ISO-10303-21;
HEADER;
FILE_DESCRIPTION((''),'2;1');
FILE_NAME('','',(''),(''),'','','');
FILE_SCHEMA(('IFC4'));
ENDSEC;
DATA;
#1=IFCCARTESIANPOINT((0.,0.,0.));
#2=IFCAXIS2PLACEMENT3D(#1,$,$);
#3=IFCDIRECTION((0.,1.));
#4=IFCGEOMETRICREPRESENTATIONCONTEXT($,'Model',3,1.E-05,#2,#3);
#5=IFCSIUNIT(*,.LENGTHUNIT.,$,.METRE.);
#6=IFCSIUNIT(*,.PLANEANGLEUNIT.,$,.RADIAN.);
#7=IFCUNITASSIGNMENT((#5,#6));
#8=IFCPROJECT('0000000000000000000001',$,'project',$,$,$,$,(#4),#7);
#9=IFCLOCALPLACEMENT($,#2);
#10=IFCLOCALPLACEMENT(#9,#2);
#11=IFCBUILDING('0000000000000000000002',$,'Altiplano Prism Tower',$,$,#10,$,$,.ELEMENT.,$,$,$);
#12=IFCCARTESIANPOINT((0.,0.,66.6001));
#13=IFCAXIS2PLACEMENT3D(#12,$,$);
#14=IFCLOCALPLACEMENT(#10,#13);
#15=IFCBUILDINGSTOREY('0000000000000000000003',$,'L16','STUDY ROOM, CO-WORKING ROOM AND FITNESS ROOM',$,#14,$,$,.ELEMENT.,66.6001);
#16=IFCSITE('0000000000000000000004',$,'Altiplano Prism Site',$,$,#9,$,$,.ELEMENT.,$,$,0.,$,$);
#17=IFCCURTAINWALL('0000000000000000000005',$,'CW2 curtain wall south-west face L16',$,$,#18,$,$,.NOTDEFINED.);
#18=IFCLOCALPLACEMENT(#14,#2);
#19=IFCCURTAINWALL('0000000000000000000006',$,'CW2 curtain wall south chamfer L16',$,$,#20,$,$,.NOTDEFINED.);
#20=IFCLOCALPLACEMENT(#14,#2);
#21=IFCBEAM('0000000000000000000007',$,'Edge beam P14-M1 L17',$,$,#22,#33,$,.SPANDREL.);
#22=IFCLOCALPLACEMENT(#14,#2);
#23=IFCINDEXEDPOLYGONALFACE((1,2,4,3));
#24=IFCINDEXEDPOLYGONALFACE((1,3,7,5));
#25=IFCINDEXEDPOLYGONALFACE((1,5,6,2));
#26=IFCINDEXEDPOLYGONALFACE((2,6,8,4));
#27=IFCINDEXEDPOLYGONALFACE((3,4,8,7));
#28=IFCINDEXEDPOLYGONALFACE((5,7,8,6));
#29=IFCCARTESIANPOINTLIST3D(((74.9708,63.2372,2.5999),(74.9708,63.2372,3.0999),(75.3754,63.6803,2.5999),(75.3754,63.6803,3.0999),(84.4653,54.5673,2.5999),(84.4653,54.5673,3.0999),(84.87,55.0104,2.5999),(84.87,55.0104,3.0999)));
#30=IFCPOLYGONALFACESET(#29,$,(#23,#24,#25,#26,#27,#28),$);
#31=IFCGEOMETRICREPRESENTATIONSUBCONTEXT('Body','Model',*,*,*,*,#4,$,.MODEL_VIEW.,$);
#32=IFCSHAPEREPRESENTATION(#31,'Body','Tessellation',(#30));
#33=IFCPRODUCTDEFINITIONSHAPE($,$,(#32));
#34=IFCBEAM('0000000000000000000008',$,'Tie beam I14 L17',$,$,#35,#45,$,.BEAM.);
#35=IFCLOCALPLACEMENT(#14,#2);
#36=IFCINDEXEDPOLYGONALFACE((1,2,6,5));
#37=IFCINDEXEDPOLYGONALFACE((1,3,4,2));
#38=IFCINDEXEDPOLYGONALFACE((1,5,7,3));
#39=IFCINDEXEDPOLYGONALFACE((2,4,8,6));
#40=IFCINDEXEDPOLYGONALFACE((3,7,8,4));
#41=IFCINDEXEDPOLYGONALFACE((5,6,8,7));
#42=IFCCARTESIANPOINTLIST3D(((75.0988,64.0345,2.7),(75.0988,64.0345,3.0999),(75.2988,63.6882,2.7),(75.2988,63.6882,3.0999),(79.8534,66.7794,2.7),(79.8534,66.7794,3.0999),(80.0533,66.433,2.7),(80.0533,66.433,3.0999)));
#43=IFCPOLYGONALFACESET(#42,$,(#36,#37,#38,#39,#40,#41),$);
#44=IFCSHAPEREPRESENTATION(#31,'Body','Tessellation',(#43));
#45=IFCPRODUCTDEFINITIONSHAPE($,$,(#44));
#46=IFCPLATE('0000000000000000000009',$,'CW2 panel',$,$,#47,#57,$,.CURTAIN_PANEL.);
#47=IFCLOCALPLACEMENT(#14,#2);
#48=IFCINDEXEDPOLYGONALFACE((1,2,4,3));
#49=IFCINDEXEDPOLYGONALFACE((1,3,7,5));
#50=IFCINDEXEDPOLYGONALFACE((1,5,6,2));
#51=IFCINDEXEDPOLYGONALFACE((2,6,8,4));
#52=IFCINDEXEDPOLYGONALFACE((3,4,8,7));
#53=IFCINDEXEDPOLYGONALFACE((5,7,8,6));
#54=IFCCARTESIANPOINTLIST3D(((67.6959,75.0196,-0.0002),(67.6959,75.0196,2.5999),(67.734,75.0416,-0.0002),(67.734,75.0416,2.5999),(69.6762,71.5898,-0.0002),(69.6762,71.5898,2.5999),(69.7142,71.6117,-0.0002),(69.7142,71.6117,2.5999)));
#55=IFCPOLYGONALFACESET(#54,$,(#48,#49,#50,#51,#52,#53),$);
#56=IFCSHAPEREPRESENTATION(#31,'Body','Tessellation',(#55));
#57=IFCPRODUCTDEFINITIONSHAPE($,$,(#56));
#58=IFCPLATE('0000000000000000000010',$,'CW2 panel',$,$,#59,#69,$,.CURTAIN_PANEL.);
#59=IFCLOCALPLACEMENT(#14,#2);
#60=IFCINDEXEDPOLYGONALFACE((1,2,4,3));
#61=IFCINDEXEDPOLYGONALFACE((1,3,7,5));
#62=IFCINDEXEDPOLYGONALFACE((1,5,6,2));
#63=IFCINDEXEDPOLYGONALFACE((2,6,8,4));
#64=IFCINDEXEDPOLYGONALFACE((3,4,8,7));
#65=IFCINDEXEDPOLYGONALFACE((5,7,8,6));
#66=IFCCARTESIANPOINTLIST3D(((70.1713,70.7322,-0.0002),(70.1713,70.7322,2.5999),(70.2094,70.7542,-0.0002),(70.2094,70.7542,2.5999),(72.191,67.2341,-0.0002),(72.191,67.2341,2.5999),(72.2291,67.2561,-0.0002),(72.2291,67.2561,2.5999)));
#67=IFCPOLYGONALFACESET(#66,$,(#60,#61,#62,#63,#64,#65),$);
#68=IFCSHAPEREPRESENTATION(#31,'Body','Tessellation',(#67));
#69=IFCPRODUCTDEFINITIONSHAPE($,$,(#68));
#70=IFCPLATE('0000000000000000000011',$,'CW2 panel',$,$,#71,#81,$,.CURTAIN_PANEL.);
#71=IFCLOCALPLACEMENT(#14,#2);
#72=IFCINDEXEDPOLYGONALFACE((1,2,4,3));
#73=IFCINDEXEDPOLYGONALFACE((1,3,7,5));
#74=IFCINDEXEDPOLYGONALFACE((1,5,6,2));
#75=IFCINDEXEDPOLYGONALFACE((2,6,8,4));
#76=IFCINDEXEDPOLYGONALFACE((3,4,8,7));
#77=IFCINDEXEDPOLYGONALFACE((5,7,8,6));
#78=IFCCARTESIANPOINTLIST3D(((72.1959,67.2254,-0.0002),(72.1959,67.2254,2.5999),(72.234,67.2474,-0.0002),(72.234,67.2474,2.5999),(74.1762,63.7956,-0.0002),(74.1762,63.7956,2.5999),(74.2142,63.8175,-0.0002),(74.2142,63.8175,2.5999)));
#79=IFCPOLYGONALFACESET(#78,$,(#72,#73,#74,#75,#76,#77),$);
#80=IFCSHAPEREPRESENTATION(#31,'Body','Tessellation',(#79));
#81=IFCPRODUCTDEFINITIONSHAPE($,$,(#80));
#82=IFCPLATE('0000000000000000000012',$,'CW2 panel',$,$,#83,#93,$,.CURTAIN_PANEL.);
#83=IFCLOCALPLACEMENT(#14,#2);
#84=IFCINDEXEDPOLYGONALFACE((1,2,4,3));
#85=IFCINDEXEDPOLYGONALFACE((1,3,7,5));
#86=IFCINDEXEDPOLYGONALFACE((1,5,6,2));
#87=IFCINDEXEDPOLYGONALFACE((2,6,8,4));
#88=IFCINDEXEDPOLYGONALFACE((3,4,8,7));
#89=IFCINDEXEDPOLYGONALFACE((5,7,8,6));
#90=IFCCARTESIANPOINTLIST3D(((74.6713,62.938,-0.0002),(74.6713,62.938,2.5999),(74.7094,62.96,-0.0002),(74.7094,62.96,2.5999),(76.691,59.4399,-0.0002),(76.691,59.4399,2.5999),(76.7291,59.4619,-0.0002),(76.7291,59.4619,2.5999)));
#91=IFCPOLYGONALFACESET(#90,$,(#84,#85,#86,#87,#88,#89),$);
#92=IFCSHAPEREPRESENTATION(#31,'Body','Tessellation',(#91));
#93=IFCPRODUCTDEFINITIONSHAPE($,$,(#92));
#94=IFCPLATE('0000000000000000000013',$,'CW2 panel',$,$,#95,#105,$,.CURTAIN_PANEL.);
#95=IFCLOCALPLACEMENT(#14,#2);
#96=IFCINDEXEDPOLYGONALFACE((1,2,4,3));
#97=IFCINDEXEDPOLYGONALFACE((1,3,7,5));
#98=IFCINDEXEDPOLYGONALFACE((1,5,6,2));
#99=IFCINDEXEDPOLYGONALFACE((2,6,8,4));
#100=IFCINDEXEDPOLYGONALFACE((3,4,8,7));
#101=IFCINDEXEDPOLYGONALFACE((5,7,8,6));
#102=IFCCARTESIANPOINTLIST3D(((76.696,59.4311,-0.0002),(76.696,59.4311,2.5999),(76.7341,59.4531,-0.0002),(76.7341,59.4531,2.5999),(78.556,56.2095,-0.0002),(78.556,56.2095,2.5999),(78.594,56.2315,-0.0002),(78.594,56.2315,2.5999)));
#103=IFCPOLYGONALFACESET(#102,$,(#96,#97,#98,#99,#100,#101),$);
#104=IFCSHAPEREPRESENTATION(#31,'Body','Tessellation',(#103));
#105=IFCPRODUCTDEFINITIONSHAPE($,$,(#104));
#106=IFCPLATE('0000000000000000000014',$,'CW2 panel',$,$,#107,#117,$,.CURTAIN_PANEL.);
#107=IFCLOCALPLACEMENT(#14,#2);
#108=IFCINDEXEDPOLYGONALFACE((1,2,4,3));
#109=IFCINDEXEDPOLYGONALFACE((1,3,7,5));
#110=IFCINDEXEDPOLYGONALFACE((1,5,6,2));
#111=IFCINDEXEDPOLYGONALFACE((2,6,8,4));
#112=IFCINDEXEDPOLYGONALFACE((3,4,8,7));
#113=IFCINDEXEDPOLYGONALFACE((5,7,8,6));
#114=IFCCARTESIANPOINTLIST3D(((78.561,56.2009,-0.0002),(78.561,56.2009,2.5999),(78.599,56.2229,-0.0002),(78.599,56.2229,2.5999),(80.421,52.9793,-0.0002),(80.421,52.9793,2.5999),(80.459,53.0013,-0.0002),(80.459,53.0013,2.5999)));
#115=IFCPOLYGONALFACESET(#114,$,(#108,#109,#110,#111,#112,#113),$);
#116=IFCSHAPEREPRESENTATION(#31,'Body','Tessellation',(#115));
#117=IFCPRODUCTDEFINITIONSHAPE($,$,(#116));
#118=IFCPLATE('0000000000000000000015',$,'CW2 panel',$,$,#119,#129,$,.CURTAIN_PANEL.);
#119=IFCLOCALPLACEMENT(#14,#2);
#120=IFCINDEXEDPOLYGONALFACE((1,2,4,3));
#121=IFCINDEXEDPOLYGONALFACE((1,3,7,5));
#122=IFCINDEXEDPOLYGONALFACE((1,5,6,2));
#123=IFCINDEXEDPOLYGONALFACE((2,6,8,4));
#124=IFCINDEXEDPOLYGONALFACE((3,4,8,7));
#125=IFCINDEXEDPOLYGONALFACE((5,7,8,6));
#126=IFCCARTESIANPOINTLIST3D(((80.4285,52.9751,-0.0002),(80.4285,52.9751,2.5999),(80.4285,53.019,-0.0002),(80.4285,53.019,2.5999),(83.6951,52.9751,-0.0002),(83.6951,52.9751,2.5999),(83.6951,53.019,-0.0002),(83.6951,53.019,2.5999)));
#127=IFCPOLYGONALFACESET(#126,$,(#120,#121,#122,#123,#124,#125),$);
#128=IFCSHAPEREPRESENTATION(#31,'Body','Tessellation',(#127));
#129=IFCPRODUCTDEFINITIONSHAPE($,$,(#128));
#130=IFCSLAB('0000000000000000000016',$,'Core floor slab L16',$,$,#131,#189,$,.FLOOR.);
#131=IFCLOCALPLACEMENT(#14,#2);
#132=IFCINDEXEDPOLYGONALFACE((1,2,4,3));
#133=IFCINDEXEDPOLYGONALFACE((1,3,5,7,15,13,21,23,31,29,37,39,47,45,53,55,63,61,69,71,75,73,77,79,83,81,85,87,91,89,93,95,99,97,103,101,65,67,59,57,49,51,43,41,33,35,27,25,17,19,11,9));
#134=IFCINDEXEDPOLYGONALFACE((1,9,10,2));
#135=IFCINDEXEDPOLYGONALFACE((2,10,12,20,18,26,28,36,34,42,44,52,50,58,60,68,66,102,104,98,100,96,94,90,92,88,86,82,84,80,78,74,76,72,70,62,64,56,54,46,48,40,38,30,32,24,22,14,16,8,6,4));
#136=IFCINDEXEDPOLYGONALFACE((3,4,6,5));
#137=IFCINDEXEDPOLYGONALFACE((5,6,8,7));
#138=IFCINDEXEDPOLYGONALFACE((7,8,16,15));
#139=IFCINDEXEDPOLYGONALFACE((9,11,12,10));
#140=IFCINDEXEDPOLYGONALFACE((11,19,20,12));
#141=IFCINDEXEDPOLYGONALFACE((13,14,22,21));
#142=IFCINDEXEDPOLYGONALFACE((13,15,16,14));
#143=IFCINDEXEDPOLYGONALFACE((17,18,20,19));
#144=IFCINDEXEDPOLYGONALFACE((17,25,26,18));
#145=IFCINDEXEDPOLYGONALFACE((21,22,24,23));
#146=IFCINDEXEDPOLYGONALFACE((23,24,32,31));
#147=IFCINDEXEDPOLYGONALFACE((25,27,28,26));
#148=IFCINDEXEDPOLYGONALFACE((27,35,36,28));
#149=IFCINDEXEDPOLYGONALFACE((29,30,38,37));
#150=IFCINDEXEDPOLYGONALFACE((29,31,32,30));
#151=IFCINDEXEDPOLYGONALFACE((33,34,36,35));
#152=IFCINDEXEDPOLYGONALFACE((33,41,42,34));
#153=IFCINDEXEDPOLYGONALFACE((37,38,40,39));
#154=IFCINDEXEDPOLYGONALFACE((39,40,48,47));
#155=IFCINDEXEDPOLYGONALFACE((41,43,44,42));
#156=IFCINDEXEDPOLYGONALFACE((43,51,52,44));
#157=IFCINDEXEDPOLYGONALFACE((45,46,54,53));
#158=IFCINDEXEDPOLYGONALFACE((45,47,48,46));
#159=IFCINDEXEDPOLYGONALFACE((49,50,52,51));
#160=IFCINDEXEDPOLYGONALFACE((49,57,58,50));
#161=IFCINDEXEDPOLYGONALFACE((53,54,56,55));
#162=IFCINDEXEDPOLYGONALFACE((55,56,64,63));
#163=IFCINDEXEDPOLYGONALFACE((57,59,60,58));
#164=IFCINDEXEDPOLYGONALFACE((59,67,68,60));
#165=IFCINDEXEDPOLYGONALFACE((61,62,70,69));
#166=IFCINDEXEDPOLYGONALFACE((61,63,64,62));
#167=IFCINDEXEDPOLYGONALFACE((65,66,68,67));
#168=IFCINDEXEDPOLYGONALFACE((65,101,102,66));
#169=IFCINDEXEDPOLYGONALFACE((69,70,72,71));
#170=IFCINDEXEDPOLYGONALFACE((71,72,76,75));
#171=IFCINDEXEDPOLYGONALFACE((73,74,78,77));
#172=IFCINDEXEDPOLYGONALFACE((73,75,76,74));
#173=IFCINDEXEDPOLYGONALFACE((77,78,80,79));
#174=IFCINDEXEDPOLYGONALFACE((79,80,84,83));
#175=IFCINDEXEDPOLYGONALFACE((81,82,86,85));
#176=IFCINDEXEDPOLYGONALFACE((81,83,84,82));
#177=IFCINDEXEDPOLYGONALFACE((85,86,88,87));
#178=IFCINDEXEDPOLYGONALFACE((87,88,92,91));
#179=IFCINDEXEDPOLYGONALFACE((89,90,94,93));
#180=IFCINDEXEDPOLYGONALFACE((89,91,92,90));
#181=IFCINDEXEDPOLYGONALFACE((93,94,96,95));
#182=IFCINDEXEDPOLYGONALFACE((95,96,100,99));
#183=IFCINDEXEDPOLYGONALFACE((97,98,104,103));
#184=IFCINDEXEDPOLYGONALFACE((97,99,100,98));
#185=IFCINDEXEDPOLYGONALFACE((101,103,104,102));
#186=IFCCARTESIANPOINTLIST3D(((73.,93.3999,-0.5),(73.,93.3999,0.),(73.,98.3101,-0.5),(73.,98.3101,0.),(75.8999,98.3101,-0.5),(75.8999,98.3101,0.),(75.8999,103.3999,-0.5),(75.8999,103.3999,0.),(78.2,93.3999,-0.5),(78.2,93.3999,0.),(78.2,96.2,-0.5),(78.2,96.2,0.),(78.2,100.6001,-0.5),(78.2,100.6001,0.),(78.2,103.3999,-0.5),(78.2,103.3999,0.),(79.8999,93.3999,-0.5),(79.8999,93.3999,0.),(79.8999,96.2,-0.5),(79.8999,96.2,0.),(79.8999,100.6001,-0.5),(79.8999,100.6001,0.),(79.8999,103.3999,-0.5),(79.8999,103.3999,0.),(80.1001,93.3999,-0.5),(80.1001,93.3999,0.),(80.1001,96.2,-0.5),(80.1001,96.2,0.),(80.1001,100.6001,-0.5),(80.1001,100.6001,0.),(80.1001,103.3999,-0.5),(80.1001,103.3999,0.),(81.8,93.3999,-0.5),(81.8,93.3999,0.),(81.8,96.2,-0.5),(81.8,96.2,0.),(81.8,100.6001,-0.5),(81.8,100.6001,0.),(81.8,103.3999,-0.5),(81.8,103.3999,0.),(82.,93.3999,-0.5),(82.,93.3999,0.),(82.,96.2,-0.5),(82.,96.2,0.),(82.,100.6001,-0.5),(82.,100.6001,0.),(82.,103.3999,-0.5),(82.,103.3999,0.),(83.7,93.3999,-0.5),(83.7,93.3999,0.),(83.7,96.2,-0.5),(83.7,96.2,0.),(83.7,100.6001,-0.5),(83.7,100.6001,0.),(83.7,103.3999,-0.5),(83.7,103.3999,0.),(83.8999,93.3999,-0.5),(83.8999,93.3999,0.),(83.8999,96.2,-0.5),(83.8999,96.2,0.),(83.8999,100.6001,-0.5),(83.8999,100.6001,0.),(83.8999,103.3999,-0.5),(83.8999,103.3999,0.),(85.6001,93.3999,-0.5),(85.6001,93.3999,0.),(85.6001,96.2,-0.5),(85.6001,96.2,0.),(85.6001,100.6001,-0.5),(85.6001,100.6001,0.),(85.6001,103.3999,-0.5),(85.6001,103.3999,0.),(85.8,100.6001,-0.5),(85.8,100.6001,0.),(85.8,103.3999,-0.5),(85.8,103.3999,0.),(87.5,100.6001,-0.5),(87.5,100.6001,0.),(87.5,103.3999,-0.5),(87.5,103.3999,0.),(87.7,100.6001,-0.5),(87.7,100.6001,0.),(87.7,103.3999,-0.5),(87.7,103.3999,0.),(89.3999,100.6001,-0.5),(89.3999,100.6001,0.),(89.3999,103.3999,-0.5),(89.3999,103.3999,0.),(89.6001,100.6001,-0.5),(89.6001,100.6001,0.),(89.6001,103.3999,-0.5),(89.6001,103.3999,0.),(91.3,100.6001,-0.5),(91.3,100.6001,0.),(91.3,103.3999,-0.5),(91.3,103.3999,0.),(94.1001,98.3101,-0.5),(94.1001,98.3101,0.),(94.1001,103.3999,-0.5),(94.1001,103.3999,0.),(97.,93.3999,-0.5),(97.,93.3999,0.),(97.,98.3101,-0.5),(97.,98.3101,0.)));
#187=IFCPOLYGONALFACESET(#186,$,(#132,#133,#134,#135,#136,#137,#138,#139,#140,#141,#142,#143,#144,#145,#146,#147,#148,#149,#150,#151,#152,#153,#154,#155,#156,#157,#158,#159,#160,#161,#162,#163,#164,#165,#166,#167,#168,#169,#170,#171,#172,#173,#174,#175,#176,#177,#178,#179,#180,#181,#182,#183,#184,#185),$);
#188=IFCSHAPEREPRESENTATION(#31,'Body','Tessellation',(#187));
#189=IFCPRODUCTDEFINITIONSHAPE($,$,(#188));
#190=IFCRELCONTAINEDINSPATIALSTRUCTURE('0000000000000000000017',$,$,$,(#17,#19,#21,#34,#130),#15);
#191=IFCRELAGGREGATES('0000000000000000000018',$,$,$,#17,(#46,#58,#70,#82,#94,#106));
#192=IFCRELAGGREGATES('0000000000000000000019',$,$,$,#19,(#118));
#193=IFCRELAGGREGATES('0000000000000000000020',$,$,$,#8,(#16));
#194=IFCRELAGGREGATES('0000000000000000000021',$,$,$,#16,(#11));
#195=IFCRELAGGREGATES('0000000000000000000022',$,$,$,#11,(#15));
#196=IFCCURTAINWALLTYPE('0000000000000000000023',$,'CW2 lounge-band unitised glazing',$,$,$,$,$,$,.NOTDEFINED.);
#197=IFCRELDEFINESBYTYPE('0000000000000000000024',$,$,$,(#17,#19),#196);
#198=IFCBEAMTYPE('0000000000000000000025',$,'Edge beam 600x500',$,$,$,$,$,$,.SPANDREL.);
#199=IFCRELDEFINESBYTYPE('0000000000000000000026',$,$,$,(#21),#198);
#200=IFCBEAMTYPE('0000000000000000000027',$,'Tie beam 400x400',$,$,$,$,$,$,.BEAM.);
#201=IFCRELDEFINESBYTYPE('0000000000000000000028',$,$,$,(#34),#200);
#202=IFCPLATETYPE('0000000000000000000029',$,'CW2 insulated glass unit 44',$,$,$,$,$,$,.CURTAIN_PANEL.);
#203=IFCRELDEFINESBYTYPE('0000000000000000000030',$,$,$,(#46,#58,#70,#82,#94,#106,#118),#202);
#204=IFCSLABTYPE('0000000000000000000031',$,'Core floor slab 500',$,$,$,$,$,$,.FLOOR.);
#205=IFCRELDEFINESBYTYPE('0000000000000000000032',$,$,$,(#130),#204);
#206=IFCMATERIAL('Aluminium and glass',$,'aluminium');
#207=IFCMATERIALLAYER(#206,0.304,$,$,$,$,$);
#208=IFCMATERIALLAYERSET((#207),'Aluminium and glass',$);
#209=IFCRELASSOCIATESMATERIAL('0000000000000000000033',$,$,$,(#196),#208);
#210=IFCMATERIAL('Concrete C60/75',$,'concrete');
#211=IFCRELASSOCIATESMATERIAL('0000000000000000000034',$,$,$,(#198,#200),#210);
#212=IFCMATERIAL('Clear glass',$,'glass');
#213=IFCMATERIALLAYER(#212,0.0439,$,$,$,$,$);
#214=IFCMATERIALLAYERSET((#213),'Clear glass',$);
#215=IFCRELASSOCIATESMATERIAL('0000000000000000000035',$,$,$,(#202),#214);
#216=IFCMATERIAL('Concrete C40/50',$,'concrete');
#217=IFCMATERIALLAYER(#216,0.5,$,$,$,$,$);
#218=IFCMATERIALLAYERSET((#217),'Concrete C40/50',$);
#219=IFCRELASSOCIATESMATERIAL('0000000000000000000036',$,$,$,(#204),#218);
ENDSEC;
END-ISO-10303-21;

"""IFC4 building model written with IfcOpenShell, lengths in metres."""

from ifc_helpers import new_model, si_unit, direction, frame, origin, origin_2d, place, context, subcontext, project, spatial, polyline, rectangle, outline, extrude, material, layer, layer_set, material_profile, profile_set, type_object, element, aggregate, save


model = new_model("IFC4")

# Units and contexts
model_context = context("Model", 3, precision=1e-05, world=origin(), true_north=direction((0.0, 1.0)))
body_context = subcontext(model_context, "Body", "Model", "MODEL_VIEW")
ifc_project = project(units=[si_unit("LENGTHUNIT", "METRE"), si_unit("PLANEANGLEUNIT", "RADIAN")], contexts=[model_context])

# Site, building, storey
site_placement = place(None, origin())
site = spatial("IfcSite", under=ifc_project, at=site_placement, Name="Altiplano Prism Site", CompositionType="ELEMENT", RefElevation=0.0)
building_placement = place(site_placement, origin())
building = spatial("IfcBuilding", under=site, at=building_placement, Name="Altiplano Prism Tower", CompositionType="ELEMENT")
storey_placement = place(building_placement, frame((0.0, 0.0, 66.6001)))
storey = spatial("IfcBuildingStorey", under=building, at=storey_placement, Name="L16", Description="STUDY ROOM, CO-WORKING ROOM AND FITNESS ROOM", CompositionType="ELEMENT", Elevation=66.6001)

# Shared definitions
ifc_material_1 = material(Name="Concrete C60/75", Category="concrete")

# Curtain wall
ifc_material_2 = material(Name="Aluminium and glass", Category="aluminium")
ifc_layer_1 = layer(ifc_material_2, 0.304)
ifc_layer_set_1 = layer_set([ifc_layer_1], Name="Aluminium and glass")
curtain_wall_type = type_object("IfcCurtainWallType", Name="CW2 lounge-band unitised glazing", PredefinedType="NOTDEFINED", material=ifc_layer_set_1)
curtain_wall_1_placement = place(storey_placement, origin())
curtain_wall_1 = element("IfcCurtainWall", 1, at=curtain_wall_1_placement, inside=storey, type_object=curtain_wall_type, Name="CW2 curtain wall south-west face L16", PredefinedType="NOTDEFINED")

# Curtain wall
curtain_wall_2_placement = place(storey_placement, origin())
curtain_wall_2 = element("IfcCurtainWall", 2, at=curtain_wall_2_placement, inside=storey, type_object=curtain_wall_type, Name="CW2 curtain wall south chamfer L16", PredefinedType="NOTDEFINED")

# Beams
ifc_material_profile_1 = material_profile(ifc_material_1, rectangle(XDim=0.6001, YDim=0.5, at=origin_2d()), Name="Edge beam 600x500")
ifc_profile_set_1 = profile_set([ifc_material_profile_1], Name="Concrete C60/75")
beam_type_1 = type_object("IfcBeamType", Name="Edge beam 600x500", PredefinedType="SPANDREL", material=ifc_profile_set_1)
beam_1_placement = place(storey_placement, frame((75.1731, 63.4587, 2.8499), z_axis=(0.73845, -0.674308, 0.0), x_axis=(0.674308, 0.73845, 0.0)))
element("IfcBeam", 3, at=beam_1_placement, inside=storey, type_object=beam_type_1, Name="Edge beam P14-M1 L17", PredefinedType="SPANDREL", context=body_context, shape_type="SweptSolid", body=[
    extrude(rectangle(XDim=0.6001, YDim=0.5, at=origin_2d()), origin(), (0.0, 0.0, 1.0), 12.8574),
])
ifc_material_profile_2 = material_profile(ifc_material_1, rectangle(XDim=0.3999, YDim=0.3999, at=origin_2d()), Name="Tie beam 400x400")
ifc_profile_set_2 = profile_set([ifc_material_profile_2], Name="Concrete C60/75")
beam_type_2 = type_object("IfcBeamType", Name="Tie beam 400x400", PredefinedType="BEAM", material=ifc_profile_set_2)
beam_2_placement = place(storey_placement, frame((79.9534, 66.6062, 2.8999), z_axis=(-0.866043, -0.49997, 0.0), x_axis=(0.49997, -0.866043, 0.0)))
element("IfcBeam", 4, at=beam_2_placement, inside=storey, type_object=beam_type_2, Name="Tie beam I14 L17", PredefinedType="BEAM", context=body_context, shape_type="SweptSolid", body=[
    extrude(rectangle(XDim=0.3999, YDim=0.3999, at=origin_2d()), origin(), (0.0, 0.0, 1.0), 5.49),
])

# Plates
ifc_material_3 = material(Name="Clear glass", Category="glass")
ifc_layer_2 = layer(ifc_material_3, 0.0439)
ifc_layer_set_2 = layer_set([ifc_layer_2], Name="Clear glass")
plate_type = type_object("IfcPlateType", Name="CW2 insulated glass unit 44", PredefinedType="CURTAIN_PANEL", material=ifc_layer_set_2)
plate_1_placement = place(storey_placement, frame((68.7051, 73.3157, -0.0002), z_axis=(0.0, 0.0, 1.0), x_axis=(0.5, -0.866025, 0.0)))
plate_1 = element("IfcPlate", 5, at=plate_1_placement, type_object=plate_type, Name="CW2 panel", PredefinedType="CURTAIN_PANEL", context=body_context, shape_type="SweptSolid", body=[
    extrude(rectangle(XDim=3.9604, YDim=0.0439, at=origin_2d()), origin(), (0.0, 0.0, 1.0), 2.6001),
])
plate_2_placement = place(storey_placement, frame((71.2002, 68.9941, -0.0002), z_axis=(0.0, 0.0, 1.0), x_axis=(0.5, -0.866025, 0.0)))
plate_2 = element("IfcPlate", 6, at=plate_2_placement, type_object=plate_type, Name="CW2 panel", PredefinedType="CURTAIN_PANEL", context=body_context, shape_type="SweptSolid", body=[
    extrude(rectangle(XDim=4.0393, YDim=0.0439, at=origin_2d()), origin(), (0.0, 0.0, 1.0), 2.6001),
])
plate_3_placement = place(storey_placement, frame((73.2051, 65.5215, -0.0002), z_axis=(0.0, 0.0, 1.0), x_axis=(0.5, -0.866025, 0.0)))
plate_3 = element("IfcPlate", 7, at=plate_3_placement, type_object=plate_type, Name="CW2 panel", PredefinedType="CURTAIN_PANEL", context=body_context, shape_type="SweptSolid", body=[
    extrude(rectangle(XDim=3.9604, YDim=0.0439, at=origin_2d()), origin(), (0.0, 0.0, 1.0), 2.6001),
])
plate_4_placement = place(storey_placement, frame((75.7002, 61.2, -0.0002), z_axis=(0.0, 0.0, 1.0), x_axis=(0.5, -0.866025, 0.0)))
plate_4 = element("IfcPlate", 8, at=plate_4_placement, type_object=plate_type, Name="CW2 panel", PredefinedType="CURTAIN_PANEL", context=body_context, shape_type="SweptSolid", body=[
    extrude(rectangle(XDim=4.0393, YDim=0.0439, at=origin_2d()), origin(), (0.0, 0.0, 1.0), 2.6001),
])
plate_5_placement = place(storey_placement, frame((77.645, 57.8313, -0.0002), z_axis=(0.0, 0.0, 1.0), x_axis=(0.5, -0.866025, 0.0)))
plate_5 = element("IfcPlate", 9, at=plate_5_placement, type_object=plate_type, Name="CW2 panel", PredefinedType="CURTAIN_PANEL", context=body_context, shape_type="SweptSolid", body=[
    extrude(rectangle(XDim=3.72, YDim=0.0439, at=origin_2d()), origin(), (0.0, 0.0, 1.0), 2.6001),
])
plate_6_placement = place(storey_placement, frame((79.51, 54.6011, -0.0002), z_axis=(0.0, 0.0, 1.0), x_axis=(0.5, -0.866025, 0.0)))
plate_6 = element("IfcPlate", 10, at=plate_6_placement, type_object=plate_type, Name="CW2 panel", PredefinedType="CURTAIN_PANEL", context=body_context, shape_type="SweptSolid", body=[
    extrude(rectangle(XDim=3.72, YDim=0.0439, at=origin_2d()), origin(), (0.0, 0.0, 1.0), 2.6001),
])
aggregate(curtain_wall_1, [plate_1, plate_2, plate_3, plate_4, plate_5, plate_6])
plate_7_placement = place(storey_placement, frame((82.0618, 52.9971, -0.0002), z_axis=(0.0, 0.0, 1.0), x_axis=(1.0, 0.0, 0.0)))
plate_7 = element("IfcPlate", 11, at=plate_7_placement, type_object=plate_type, Name="CW2 panel", PredefinedType="CURTAIN_PANEL", context=body_context, shape_type="SweptSolid", body=[
    extrude(rectangle(XDim=3.2666, YDim=0.0439, at=origin_2d()), origin(), (0.0, 0.0, 1.0), 2.6001),
])
aggregate(curtain_wall_2, [plate_7])

# Slab
ifc_material_4 = material(Name="Concrete C40/50", Category="concrete")
ifc_layer_3 = layer(ifc_material_4, 0.5)
ifc_layer_set_3 = layer_set([ifc_layer_3], Name="Concrete C40/50")
slab_type_1 = type_object("IfcSlabType", Name="Core floor slab 500", PredefinedType="FLOOR", material=ifc_layer_set_3)
slab_1_placement = place(storey_placement, frame((0.0, 0.0, -0.5)))
element("IfcSlab", 12, at=slab_1_placement, inside=storey, type_object=slab_type_1, Name="Core floor slab L16", PredefinedType="FLOOR", context=body_context, shape_type="SweptSolid", body=[
    extrude(outline(polyline([(97.0, 98.3101), (94.1001, 98.3101), (94.1001, 103.3999), (91.3, 103.3999), (91.3, 100.6001), (89.6001, 100.6001), (89.6001, 103.3999), (89.3999, 103.3999), (89.3999, 100.6001), (87.7, 100.6001), (87.7, 103.3999), (87.5, 103.3999), (87.5, 100.6001), (85.8, 100.6001), (85.8, 103.3999), (85.6001, 103.3999), (85.6001, 100.6001), (83.8999, 100.6001), (83.8999, 103.3999), (83.7, 103.3999), (83.7, 100.6001), (82.0, 100.6001), (82.0, 103.3999), (81.8, 103.3999), (81.8, 100.6001), (80.1001, 100.6001), (80.1001, 103.3999), (79.8999, 103.3999), (79.8999, 100.6001), (78.2, 100.6001), (78.2, 103.3999), (75.8999, 103.3999), (75.8999, 98.3101), (73.0, 98.3101), (73.0, 93.3999), (78.2, 93.3999), (78.2, 96.2), (79.8999, 96.2), (79.8999, 93.3999), (80.1001, 93.3999), (80.1001, 96.2), (81.8, 96.2), (81.8, 93.3999), (82.0, 93.3999), (82.0, 96.2), (83.7, 96.2), (83.7, 93.3999), (83.8999, 93.3999), (83.8999, 96.2), (85.6001, 96.2), (85.6001, 93.3999), (97.0, 93.3999), (97.0, 98.3101)])), origin(), (0.0, 0.0, 1.0), 0.5),
])

save(model, "model.ifc")
